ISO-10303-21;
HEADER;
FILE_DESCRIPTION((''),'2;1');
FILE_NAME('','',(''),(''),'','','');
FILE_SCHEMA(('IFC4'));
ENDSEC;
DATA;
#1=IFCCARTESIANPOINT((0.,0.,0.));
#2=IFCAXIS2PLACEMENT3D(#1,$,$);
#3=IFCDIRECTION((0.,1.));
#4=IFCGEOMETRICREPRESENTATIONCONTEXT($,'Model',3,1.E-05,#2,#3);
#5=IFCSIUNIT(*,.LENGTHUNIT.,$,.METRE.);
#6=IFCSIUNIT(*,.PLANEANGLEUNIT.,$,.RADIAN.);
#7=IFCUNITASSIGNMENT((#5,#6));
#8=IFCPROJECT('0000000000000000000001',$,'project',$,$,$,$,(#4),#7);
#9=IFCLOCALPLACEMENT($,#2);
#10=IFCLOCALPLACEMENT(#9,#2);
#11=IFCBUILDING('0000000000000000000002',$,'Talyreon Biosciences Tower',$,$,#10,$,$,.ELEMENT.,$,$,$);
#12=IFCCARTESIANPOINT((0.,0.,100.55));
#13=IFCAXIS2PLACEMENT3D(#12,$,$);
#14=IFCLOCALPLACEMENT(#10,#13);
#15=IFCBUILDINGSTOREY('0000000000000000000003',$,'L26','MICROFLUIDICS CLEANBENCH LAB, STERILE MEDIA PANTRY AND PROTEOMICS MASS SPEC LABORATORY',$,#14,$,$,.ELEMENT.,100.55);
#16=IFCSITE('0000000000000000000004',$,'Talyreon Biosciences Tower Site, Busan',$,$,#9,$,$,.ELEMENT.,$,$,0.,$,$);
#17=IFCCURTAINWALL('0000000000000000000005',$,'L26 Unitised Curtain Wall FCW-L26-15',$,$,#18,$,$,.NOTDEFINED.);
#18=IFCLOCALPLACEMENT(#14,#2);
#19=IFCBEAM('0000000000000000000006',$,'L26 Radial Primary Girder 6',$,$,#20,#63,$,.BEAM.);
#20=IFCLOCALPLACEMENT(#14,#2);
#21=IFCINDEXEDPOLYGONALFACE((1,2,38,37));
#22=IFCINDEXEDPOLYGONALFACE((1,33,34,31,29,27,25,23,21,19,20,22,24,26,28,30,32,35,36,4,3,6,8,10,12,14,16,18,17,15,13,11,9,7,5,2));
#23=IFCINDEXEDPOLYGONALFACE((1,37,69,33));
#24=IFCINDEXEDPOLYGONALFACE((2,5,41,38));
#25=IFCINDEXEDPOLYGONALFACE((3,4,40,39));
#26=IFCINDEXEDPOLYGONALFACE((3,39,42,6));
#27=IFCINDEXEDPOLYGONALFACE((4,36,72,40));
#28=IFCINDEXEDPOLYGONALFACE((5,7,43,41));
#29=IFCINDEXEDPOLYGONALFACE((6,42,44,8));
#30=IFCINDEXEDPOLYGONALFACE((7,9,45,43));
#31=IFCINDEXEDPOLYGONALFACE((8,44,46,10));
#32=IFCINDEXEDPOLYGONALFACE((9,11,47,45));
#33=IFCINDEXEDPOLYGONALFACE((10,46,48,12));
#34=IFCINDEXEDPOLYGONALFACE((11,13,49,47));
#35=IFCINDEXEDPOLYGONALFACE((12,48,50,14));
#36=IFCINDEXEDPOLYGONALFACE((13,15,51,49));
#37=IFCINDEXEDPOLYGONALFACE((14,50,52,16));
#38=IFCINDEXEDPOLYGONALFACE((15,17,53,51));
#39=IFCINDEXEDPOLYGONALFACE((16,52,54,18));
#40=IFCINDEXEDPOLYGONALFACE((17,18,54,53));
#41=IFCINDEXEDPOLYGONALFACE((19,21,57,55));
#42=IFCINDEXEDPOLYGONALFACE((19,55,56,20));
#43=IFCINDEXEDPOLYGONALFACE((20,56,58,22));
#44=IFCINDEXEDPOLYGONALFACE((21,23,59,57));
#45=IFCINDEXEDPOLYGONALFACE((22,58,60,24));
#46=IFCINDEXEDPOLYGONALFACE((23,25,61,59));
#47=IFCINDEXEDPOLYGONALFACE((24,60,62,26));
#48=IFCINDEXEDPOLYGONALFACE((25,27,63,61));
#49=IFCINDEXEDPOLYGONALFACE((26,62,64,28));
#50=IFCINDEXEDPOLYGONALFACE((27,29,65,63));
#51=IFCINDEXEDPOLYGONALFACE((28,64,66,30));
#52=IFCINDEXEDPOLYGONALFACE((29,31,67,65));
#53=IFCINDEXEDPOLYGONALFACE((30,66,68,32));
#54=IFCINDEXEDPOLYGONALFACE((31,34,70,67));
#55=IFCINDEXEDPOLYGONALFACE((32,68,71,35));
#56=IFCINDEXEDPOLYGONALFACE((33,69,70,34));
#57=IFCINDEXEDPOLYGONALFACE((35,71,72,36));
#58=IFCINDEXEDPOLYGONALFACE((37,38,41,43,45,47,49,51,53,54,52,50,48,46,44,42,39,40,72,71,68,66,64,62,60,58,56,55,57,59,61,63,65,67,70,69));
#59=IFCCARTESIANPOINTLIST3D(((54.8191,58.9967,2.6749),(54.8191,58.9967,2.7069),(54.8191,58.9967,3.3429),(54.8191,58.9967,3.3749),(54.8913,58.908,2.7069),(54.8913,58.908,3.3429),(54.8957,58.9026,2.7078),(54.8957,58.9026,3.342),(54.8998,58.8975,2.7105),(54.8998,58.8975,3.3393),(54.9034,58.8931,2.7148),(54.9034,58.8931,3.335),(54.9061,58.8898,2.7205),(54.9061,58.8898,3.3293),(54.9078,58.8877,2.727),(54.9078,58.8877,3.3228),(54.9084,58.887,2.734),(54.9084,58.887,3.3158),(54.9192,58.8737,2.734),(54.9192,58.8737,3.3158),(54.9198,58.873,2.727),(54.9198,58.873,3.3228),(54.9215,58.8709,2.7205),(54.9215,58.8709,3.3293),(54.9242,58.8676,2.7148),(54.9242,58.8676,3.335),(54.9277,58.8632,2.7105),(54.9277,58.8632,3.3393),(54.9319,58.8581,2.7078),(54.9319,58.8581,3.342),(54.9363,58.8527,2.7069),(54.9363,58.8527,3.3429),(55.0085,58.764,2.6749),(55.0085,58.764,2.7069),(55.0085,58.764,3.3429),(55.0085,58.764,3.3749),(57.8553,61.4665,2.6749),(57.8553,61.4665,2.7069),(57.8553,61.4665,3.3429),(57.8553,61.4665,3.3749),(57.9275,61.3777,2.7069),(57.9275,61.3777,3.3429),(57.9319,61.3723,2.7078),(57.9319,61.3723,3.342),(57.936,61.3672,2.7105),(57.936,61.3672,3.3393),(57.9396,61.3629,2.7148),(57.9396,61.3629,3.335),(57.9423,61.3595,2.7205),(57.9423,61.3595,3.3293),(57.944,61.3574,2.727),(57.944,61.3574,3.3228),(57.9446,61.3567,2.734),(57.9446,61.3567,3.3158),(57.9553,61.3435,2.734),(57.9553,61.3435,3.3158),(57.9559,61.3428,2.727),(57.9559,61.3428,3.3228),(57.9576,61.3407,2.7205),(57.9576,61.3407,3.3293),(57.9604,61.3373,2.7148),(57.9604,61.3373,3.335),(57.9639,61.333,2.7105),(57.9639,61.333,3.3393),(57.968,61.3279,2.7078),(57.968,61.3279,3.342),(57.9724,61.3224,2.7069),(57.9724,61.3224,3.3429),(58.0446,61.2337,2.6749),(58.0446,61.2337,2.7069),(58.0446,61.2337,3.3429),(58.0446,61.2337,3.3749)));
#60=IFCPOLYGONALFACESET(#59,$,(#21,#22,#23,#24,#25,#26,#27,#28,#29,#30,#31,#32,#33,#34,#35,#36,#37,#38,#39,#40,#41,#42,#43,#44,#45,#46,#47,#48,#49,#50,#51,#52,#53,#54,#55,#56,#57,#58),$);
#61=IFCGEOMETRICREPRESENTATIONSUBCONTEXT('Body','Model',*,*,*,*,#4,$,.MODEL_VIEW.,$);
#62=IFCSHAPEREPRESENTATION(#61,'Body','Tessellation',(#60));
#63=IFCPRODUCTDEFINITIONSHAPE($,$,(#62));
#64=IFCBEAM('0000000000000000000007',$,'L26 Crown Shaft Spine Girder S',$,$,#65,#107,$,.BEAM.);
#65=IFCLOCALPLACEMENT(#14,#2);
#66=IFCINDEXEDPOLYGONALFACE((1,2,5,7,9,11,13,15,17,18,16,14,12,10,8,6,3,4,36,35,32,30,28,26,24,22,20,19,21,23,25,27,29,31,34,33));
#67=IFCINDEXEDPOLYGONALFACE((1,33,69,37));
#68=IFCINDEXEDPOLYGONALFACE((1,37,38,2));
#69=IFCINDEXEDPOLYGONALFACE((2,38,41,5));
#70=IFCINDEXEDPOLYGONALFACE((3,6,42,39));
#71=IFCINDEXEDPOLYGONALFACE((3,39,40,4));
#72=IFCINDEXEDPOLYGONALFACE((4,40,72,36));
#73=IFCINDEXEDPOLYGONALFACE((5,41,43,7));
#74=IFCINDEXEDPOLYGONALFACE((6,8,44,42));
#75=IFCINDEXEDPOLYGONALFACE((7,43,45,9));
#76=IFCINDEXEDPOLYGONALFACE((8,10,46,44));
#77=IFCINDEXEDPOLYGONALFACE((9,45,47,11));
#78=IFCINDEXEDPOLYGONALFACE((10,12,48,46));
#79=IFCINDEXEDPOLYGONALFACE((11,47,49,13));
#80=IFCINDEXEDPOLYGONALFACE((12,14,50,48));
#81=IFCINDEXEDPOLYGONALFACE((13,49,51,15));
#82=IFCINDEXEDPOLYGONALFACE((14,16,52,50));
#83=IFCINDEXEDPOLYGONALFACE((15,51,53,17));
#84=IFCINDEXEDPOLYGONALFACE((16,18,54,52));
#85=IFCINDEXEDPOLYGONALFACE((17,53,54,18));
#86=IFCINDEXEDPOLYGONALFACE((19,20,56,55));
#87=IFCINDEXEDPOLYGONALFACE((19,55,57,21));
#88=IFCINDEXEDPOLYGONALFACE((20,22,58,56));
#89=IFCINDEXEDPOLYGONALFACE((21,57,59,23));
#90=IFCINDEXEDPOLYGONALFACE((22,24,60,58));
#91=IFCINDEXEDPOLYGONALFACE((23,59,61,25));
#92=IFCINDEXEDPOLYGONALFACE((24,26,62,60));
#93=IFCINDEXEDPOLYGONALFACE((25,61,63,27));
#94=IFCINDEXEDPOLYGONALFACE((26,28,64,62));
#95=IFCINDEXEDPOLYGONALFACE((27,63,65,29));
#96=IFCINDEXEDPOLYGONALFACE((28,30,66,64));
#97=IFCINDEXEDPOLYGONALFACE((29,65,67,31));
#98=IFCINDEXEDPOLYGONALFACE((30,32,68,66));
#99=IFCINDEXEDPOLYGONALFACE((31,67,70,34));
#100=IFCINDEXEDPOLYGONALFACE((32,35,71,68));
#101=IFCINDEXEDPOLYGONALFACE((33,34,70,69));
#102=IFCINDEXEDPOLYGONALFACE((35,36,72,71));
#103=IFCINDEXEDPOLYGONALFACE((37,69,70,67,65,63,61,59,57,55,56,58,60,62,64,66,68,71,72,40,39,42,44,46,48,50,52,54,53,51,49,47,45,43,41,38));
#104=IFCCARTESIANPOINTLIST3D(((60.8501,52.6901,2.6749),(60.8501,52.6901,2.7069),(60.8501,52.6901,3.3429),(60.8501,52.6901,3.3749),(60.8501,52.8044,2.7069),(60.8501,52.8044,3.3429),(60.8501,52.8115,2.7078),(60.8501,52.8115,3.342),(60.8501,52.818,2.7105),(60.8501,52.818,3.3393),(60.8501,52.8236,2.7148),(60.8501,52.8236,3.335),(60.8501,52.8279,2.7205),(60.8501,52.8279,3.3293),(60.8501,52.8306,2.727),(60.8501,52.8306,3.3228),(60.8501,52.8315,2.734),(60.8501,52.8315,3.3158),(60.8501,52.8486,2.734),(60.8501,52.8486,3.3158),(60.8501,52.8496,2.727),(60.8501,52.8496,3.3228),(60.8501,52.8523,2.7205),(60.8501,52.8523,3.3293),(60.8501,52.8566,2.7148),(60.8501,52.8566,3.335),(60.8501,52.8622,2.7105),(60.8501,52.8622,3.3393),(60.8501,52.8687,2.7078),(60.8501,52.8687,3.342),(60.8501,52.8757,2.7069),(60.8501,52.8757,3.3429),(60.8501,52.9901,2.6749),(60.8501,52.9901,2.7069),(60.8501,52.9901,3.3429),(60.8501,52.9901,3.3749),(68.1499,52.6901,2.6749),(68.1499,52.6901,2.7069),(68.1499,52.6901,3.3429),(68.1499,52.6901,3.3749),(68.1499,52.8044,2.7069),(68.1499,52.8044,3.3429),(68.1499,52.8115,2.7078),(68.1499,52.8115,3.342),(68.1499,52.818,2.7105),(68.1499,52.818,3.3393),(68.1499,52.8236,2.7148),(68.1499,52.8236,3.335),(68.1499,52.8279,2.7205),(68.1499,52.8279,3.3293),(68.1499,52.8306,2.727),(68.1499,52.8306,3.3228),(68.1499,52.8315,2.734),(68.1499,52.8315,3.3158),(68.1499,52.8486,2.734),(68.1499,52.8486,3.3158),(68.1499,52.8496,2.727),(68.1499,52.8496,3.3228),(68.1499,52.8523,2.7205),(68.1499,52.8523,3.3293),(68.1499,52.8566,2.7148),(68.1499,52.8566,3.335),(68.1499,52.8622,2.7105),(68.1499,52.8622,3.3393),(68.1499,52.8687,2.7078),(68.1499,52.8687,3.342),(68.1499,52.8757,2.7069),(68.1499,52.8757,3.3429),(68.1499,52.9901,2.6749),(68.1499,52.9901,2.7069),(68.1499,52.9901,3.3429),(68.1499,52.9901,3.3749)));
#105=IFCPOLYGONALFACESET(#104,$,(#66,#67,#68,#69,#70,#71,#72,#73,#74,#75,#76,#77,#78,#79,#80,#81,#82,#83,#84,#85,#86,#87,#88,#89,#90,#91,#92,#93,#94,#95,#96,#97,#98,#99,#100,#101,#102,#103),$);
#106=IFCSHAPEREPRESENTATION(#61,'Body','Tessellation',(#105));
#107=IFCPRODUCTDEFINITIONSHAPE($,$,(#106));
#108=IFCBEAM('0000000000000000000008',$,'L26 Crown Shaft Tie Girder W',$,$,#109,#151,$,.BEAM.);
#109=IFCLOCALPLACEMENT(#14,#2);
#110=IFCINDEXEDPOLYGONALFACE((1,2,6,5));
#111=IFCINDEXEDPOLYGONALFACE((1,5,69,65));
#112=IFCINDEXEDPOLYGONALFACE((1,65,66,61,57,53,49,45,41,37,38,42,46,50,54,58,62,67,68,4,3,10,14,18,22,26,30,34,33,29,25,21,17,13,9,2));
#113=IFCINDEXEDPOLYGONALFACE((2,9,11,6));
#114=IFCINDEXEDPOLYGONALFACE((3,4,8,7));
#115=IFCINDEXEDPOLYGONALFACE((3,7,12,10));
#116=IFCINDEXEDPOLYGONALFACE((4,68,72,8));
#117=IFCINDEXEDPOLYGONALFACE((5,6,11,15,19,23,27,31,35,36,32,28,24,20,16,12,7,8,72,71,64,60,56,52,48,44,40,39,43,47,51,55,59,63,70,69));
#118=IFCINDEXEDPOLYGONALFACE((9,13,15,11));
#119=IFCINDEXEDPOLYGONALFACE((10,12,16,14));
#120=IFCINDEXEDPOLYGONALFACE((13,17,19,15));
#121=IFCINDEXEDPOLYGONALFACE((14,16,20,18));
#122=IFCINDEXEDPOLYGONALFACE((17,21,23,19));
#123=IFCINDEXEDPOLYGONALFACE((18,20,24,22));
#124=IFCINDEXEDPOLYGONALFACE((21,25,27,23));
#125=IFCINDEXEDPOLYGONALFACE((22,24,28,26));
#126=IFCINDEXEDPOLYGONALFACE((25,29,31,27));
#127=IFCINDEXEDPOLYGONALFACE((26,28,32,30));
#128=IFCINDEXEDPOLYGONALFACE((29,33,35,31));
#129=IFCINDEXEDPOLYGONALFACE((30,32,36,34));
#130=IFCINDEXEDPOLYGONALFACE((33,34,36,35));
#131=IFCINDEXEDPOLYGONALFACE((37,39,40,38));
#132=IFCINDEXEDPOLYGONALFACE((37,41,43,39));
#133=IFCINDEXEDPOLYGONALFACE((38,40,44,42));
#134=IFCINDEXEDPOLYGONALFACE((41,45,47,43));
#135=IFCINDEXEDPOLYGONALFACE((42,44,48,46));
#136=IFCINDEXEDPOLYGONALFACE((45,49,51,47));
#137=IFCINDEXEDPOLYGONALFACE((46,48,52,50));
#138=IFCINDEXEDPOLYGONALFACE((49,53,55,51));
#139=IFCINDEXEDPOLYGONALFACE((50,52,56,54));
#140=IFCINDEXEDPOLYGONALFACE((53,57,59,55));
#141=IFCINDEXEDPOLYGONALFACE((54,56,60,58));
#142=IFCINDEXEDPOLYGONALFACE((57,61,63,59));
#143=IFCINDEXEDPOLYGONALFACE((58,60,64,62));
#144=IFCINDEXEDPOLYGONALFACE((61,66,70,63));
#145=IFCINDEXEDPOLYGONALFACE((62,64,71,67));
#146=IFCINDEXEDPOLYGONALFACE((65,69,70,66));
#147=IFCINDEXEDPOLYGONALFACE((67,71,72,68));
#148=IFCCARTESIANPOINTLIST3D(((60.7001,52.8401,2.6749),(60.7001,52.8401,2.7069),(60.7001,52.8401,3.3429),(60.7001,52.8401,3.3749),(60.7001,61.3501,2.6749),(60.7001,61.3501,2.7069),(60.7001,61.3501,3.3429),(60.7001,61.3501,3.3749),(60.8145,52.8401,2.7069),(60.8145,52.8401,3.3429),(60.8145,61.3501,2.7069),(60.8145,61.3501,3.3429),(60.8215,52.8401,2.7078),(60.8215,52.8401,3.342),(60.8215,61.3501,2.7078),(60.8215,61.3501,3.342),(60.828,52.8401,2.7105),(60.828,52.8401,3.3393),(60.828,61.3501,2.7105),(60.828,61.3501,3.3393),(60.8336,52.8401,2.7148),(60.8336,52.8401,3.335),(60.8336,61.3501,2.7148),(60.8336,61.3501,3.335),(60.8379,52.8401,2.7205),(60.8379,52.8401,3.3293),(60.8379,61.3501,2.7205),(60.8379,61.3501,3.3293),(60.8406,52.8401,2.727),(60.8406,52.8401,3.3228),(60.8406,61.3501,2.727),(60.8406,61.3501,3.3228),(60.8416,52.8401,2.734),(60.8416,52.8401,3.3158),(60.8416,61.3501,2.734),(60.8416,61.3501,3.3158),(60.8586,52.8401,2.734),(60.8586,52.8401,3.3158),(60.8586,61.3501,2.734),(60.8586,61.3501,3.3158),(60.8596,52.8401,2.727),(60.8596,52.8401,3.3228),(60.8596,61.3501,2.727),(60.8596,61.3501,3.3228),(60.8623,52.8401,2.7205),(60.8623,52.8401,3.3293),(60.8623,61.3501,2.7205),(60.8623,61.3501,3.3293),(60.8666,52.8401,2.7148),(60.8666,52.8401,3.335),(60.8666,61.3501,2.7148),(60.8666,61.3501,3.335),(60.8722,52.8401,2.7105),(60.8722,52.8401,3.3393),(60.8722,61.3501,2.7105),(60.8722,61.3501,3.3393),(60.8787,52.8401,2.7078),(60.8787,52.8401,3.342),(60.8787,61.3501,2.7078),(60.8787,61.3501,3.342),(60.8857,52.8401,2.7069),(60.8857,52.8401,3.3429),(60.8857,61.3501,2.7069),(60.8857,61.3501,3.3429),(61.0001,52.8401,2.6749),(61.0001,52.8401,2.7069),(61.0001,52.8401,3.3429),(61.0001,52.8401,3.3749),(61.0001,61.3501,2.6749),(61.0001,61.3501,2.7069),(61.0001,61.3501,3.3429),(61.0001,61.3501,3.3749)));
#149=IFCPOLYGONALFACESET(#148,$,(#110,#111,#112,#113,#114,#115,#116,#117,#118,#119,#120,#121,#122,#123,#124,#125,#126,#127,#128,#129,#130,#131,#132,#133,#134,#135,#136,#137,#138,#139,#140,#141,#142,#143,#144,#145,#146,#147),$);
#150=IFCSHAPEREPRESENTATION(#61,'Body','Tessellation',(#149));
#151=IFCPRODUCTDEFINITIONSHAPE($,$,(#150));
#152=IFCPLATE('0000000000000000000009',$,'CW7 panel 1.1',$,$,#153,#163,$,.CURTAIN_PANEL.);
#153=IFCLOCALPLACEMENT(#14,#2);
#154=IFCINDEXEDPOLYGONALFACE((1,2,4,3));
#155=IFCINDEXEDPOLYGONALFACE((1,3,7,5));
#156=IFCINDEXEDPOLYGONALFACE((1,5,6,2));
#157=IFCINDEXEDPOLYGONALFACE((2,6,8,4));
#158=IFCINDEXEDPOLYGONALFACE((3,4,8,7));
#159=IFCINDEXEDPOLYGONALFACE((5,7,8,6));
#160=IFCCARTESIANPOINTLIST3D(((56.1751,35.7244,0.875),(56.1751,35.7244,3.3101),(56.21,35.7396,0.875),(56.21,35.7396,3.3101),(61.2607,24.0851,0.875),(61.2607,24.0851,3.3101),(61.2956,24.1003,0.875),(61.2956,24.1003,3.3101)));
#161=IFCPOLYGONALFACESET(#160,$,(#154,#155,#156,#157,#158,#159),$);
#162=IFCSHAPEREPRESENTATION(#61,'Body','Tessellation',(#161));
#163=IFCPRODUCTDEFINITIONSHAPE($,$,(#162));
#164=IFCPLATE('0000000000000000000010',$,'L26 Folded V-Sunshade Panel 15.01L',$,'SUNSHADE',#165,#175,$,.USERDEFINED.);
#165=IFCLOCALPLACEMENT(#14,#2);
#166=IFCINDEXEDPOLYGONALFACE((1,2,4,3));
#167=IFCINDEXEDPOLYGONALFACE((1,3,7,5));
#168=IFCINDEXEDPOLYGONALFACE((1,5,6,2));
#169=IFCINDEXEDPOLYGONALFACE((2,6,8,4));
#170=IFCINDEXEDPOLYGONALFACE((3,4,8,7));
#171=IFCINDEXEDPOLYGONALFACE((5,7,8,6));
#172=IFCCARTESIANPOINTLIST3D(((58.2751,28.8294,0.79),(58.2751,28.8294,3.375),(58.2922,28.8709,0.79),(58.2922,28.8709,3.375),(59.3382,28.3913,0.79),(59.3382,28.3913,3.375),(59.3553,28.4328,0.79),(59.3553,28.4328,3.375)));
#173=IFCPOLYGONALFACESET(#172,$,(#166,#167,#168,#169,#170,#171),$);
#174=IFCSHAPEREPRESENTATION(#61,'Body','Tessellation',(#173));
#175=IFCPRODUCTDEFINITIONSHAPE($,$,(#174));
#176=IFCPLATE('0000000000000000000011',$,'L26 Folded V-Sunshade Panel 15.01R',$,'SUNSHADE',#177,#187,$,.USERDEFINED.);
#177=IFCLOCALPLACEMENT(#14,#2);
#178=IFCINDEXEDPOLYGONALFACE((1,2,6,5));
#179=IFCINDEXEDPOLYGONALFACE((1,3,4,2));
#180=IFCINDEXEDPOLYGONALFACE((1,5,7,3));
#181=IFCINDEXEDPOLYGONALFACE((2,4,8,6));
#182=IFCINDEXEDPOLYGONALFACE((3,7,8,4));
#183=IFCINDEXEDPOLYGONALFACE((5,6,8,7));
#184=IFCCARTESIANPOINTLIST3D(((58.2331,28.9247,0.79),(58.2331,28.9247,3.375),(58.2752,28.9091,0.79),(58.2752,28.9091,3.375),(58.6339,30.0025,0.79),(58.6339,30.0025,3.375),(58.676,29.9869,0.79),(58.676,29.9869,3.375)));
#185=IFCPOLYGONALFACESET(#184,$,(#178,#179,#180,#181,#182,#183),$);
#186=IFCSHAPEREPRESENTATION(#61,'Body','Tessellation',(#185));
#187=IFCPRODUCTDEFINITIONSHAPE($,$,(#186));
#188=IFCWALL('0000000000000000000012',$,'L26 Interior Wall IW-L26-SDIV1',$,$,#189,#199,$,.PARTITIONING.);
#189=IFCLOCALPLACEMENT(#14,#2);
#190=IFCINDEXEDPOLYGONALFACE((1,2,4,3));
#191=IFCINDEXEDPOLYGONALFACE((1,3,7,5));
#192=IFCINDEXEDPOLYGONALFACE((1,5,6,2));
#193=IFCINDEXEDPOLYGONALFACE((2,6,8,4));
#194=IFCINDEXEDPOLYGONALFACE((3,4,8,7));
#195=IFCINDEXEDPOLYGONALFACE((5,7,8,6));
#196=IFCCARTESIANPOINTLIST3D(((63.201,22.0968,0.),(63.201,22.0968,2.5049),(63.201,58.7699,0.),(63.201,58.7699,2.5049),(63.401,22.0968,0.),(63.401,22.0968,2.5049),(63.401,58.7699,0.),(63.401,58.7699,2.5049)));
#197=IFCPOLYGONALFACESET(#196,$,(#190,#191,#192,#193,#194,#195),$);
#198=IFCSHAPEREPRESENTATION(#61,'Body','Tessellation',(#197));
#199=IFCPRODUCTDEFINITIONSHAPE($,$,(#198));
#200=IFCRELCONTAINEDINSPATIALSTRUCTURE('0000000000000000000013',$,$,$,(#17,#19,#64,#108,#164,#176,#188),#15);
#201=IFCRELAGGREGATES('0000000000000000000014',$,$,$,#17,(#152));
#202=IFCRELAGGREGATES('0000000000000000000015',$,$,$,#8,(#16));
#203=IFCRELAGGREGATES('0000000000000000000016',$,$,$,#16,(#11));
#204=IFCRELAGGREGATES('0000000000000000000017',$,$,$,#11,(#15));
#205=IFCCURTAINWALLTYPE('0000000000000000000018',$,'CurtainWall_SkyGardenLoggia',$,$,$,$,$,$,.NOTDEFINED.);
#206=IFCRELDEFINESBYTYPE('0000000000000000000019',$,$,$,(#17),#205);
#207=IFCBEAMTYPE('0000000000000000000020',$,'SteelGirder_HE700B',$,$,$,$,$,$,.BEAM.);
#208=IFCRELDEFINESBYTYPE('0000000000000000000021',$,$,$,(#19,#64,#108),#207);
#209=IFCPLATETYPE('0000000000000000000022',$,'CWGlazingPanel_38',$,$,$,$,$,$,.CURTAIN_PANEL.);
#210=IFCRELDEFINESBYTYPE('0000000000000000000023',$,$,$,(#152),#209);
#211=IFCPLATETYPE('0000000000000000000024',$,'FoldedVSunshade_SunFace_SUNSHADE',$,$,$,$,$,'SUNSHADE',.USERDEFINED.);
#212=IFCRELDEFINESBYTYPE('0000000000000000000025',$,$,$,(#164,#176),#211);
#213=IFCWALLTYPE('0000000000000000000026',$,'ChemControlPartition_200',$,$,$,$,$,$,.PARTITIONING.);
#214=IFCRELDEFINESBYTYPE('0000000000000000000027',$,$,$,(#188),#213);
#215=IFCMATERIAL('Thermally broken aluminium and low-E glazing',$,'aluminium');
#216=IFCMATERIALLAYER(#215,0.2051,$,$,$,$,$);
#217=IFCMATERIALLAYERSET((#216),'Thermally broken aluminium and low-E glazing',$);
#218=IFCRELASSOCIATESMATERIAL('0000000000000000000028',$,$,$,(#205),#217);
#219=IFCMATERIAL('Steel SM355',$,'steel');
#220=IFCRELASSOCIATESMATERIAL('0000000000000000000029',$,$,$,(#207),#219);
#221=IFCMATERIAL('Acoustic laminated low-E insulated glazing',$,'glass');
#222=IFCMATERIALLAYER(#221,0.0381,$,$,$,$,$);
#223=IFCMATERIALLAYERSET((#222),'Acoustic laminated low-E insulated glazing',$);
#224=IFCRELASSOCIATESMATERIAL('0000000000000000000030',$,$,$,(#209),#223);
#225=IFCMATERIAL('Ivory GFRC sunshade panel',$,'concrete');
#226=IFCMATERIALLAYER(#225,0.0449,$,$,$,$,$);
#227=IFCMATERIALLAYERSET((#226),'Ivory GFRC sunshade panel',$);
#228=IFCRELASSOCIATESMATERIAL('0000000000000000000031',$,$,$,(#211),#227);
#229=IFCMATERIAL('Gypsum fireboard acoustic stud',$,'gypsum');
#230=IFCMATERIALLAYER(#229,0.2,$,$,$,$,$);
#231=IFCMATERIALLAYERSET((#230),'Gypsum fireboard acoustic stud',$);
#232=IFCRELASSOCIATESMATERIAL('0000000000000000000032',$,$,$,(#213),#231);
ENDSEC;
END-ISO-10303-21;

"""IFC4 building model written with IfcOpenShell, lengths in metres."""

from ifc_helpers import new_model, si_unit, direction, frame, frame_2d, origin, origin_2d, place, context, subcontext, project, spatial, rectangle, i_section, extrude, material, layer, layer_set, material_profile, profile_set, type_object, element, aggregate, save


model = new_model("IFC4")

# Units and contexts
model_context = context("Model", 3, precision=1e-05, world=origin(), true_north=direction((0.0, 1.0)))
body_context = subcontext(model_context, "Body", "Model", "MODEL_VIEW")
ifc_project = project(units=[si_unit("LENGTHUNIT", "METRE"), si_unit("PLANEANGLEUNIT", "RADIAN")], contexts=[model_context])

# Site, building, storey
site_placement = place(None, origin())
site = spatial("IfcSite", under=ifc_project, at=site_placement, Name="Talyreon Biosciences Tower Site, Busan", CompositionType="ELEMENT", RefElevation=0.0)
building_placement = place(site_placement, origin())
building = spatial("IfcBuilding", under=site, at=building_placement, Name="Talyreon Biosciences Tower", CompositionType="ELEMENT")
storey_placement = place(building_placement, frame((0.0, 0.0, 100.55)))
storey = spatial("IfcBuildingStorey", under=building, at=storey_placement, Name="L26", Description="MICROFLUIDICS CLEANBENCH LAB, STERILE MEDIA PANTRY AND PROTEOMICS MASS SPEC LABORATORY", CompositionType="ELEMENT", Elevation=100.55)

# Curtain wall
ifc_material_1 = material(Name="Thermally broken aluminium and low-E glazing", Category="aluminium")
ifc_layer_1 = layer(ifc_material_1, 0.2051)
ifc_layer_set_1 = layer_set([ifc_layer_1], Name="Thermally broken aluminium and low-E glazing")
curtain_wall_type = type_object("IfcCurtainWallType", Name="CurtainWall_SkyGardenLoggia", PredefinedType="NOTDEFINED", material=ifc_layer_set_1)
curtain_wall_placement = place(storey_placement, origin())
curtain_wall = element("IfcCurtainWall", 1, at=curtain_wall_placement, inside=storey, type_object=curtain_wall_type, Name="L26 Unitised Curtain Wall FCW-L26-15", PredefinedType="NOTDEFINED")

# Beams
ifc_material_2 = material(Name="Steel SM355", Category="steel")
ifc_material_profile_1 = material_profile(ifc_material_2, i_section(OverallWidth=0.3, OverallDepth=0.7, WebThickness=0.0171, FlangeThickness=0.032, FilletRadius=0.0271, at=origin_2d()), Name="HE700B")
ifc_profile_set_1 = profile_set([ifc_material_profile_1], Name="Steel SM355")
beam_type_1 = type_object("IfcBeamType", Name="SteelGirder_HE700B", PredefinedType="BEAM", material=ifc_profile_set_1)
beam_1_placement = place(storey_placement, frame((57.95, 61.3501, 3.0249), z_axis=(-0.775755, -0.631034, 0.0), x_axis=(0.631034, -0.775755, 0.0)))
element("IfcBeam", 2, at=beam_1_placement, inside=storey, type_object=beam_type_1, Name="L26 Radial Primary Girder 6", PredefinedType="BEAM", context=body_context, shape_type="SweptSolid", body=[
    extrude(i_section(OverallWidth=0.3, OverallDepth=0.7, WebThickness=0.0171, FlangeThickness=0.032, FilletRadius=0.0271, at=origin_2d()), origin(), (0.0, 0.0, 1.0), 3.9138),
])
beam_2_placement = place(storey_placement, frame((60.8501, 52.8401, 3.0249), z_axis=(1.0, 0.0, 0.0), x_axis=(0.0, 1.0, 0.0)))
element("IfcBeam", 3, at=beam_2_placement, inside=storey, type_object=beam_type_1, Name="L26 Crown Shaft Spine Girder S", PredefinedType="BEAM", context=body_context, shape_type="SweptSolid", body=[
    extrude(i_section(OverallWidth=0.3, OverallDepth=0.7, WebThickness=0.0171, FlangeThickness=0.032, FilletRadius=0.0271, at=origin_2d()), origin(), (0.0, 0.0, 1.0), 7.2998),
])
beam_3_placement = place(storey_placement, frame((60.8501, 52.8401, 3.0249), z_axis=(0.0, 1.0, 0.0), x_axis=(-1.0, 0.0, 0.0)))
element("IfcBeam", 4, at=beam_3_placement, inside=storey, type_object=beam_type_1, Name="L26 Crown Shaft Tie Girder W", PredefinedType="BEAM", context=body_context, shape_type="SweptSolid", body=[
    extrude(i_section(OverallWidth=0.3, OverallDepth=0.7, WebThickness=0.0171, FlangeThickness=0.032, FilletRadius=0.0271, at=origin_2d()), origin(), (0.0, 0.0, 1.0), 8.51),
])

# Plate
ifc_material_3 = material(Name="Acoustic laminated low-E insulated glazing", Category="glass")
ifc_layer_2 = layer(ifc_material_3, 0.0381)
ifc_layer_set_2 = layer_set([ifc_layer_2], Name="Acoustic laminated low-E insulated glazing")
plate_type_1 = type_object("IfcPlateType", Name="CWGlazingPanel_38", PredefinedType="CURTAIN_PANEL", material=ifc_layer_set_2)
plate_placement = place(storey_placement, frame((58.7354, 29.9124, 0.875), z_axis=(0.0, 0.0, 1.0), x_axis=(-0.400387, 0.916346, 0.0)))
plate = element("IfcPlate", 5, at=plate_placement, type_object=plate_type_1, Name="CW7 panel 1.1", PredefinedType="CURTAIN_PANEL", context=body_context, shape_type="SweptSolid", body=[
    extrude(rectangle(XDim=12.7019, YDim=0.0381, at=origin_2d()), origin(), (0.0, 0.0, 1.0), 2.4351),
])
aggregate(curtain_wall, [plate])

# Plates
ifc_material_4 = material(Name="Ivory GFRC sunshade panel", Category="concrete")
ifc_layer_3 = layer(ifc_material_4, 0.0449)
ifc_layer_set_3 = layer_set([ifc_layer_3], Name="Ivory GFRC sunshade panel")
plate_type_2 = type_object("IfcPlateType", Name="FoldedVSunshade_SunFace_SUNSHADE", ElementType="SUNSHADE", PredefinedType="USERDEFINED", material=ifc_layer_set_3)
for number, where, z_axis, x_axis, name in (
    (6, (58.8152, 28.6311, 0.79), (0.0, 0.0, 1.0), (-0.924559, 0.381038, 0.0), "L26 Folded V-Sunshade Panel 15.01L"),
    (7, (58.4546, 29.4558, 0.79), (0.0, 0.0, 1.0), (0.348539, 0.937294, 0.0), "L26 Folded V-Sunshade Panel 15.01R"),
):
    element("IfcPlate", number, at=place(storey_placement, frame(where, z_axis=z_axis, x_axis=x_axis)), inside=storey, type_object=plate_type_2, Name=name, ObjectType="SUNSHADE", PredefinedType="USERDEFINED", context=body_context, shape_type="SweptSolid", body=[
        extrude(rectangle(XDim=1.1499, YDim=0.0449, at=origin_2d()), origin(), (0.0, 0.0, 1.0), 2.585),
    ])

# Wall
ifc_material_5 = material(Name="Gypsum fireboard acoustic stud", Category="gypsum")
ifc_layer_4 = layer(ifc_material_5, 0.2)
ifc_layer_set_4 = layer_set([ifc_layer_4], Name="Gypsum fireboard acoustic stud")
wall_type_1 = type_object("IfcWallType", Name="ChemControlPartition_200", PredefinedType="PARTITIONING", material=ifc_layer_set_4)
wall_1_placement = place(storey_placement, frame((63.301, 22.0969, 0.0), z_axis=(0.0, 0.0, 1.0), x_axis=(0.0, 1.0, 0.0)))
element("IfcWall", 8, at=wall_1_placement, inside=storey, type_object=wall_type_1, Name="L26 Interior Wall IW-L26-SDIV1", PredefinedType="PARTITIONING", context=body_context, shape_type="SweptSolid", body=[
    extrude(rectangle(XDim=36.6731, YDim=0.2, at=frame_2d((18.3364, 0.0))), origin(), (0.0, 0.0, 1.0), 2.5049),
])

save(model, "model.ifc")
